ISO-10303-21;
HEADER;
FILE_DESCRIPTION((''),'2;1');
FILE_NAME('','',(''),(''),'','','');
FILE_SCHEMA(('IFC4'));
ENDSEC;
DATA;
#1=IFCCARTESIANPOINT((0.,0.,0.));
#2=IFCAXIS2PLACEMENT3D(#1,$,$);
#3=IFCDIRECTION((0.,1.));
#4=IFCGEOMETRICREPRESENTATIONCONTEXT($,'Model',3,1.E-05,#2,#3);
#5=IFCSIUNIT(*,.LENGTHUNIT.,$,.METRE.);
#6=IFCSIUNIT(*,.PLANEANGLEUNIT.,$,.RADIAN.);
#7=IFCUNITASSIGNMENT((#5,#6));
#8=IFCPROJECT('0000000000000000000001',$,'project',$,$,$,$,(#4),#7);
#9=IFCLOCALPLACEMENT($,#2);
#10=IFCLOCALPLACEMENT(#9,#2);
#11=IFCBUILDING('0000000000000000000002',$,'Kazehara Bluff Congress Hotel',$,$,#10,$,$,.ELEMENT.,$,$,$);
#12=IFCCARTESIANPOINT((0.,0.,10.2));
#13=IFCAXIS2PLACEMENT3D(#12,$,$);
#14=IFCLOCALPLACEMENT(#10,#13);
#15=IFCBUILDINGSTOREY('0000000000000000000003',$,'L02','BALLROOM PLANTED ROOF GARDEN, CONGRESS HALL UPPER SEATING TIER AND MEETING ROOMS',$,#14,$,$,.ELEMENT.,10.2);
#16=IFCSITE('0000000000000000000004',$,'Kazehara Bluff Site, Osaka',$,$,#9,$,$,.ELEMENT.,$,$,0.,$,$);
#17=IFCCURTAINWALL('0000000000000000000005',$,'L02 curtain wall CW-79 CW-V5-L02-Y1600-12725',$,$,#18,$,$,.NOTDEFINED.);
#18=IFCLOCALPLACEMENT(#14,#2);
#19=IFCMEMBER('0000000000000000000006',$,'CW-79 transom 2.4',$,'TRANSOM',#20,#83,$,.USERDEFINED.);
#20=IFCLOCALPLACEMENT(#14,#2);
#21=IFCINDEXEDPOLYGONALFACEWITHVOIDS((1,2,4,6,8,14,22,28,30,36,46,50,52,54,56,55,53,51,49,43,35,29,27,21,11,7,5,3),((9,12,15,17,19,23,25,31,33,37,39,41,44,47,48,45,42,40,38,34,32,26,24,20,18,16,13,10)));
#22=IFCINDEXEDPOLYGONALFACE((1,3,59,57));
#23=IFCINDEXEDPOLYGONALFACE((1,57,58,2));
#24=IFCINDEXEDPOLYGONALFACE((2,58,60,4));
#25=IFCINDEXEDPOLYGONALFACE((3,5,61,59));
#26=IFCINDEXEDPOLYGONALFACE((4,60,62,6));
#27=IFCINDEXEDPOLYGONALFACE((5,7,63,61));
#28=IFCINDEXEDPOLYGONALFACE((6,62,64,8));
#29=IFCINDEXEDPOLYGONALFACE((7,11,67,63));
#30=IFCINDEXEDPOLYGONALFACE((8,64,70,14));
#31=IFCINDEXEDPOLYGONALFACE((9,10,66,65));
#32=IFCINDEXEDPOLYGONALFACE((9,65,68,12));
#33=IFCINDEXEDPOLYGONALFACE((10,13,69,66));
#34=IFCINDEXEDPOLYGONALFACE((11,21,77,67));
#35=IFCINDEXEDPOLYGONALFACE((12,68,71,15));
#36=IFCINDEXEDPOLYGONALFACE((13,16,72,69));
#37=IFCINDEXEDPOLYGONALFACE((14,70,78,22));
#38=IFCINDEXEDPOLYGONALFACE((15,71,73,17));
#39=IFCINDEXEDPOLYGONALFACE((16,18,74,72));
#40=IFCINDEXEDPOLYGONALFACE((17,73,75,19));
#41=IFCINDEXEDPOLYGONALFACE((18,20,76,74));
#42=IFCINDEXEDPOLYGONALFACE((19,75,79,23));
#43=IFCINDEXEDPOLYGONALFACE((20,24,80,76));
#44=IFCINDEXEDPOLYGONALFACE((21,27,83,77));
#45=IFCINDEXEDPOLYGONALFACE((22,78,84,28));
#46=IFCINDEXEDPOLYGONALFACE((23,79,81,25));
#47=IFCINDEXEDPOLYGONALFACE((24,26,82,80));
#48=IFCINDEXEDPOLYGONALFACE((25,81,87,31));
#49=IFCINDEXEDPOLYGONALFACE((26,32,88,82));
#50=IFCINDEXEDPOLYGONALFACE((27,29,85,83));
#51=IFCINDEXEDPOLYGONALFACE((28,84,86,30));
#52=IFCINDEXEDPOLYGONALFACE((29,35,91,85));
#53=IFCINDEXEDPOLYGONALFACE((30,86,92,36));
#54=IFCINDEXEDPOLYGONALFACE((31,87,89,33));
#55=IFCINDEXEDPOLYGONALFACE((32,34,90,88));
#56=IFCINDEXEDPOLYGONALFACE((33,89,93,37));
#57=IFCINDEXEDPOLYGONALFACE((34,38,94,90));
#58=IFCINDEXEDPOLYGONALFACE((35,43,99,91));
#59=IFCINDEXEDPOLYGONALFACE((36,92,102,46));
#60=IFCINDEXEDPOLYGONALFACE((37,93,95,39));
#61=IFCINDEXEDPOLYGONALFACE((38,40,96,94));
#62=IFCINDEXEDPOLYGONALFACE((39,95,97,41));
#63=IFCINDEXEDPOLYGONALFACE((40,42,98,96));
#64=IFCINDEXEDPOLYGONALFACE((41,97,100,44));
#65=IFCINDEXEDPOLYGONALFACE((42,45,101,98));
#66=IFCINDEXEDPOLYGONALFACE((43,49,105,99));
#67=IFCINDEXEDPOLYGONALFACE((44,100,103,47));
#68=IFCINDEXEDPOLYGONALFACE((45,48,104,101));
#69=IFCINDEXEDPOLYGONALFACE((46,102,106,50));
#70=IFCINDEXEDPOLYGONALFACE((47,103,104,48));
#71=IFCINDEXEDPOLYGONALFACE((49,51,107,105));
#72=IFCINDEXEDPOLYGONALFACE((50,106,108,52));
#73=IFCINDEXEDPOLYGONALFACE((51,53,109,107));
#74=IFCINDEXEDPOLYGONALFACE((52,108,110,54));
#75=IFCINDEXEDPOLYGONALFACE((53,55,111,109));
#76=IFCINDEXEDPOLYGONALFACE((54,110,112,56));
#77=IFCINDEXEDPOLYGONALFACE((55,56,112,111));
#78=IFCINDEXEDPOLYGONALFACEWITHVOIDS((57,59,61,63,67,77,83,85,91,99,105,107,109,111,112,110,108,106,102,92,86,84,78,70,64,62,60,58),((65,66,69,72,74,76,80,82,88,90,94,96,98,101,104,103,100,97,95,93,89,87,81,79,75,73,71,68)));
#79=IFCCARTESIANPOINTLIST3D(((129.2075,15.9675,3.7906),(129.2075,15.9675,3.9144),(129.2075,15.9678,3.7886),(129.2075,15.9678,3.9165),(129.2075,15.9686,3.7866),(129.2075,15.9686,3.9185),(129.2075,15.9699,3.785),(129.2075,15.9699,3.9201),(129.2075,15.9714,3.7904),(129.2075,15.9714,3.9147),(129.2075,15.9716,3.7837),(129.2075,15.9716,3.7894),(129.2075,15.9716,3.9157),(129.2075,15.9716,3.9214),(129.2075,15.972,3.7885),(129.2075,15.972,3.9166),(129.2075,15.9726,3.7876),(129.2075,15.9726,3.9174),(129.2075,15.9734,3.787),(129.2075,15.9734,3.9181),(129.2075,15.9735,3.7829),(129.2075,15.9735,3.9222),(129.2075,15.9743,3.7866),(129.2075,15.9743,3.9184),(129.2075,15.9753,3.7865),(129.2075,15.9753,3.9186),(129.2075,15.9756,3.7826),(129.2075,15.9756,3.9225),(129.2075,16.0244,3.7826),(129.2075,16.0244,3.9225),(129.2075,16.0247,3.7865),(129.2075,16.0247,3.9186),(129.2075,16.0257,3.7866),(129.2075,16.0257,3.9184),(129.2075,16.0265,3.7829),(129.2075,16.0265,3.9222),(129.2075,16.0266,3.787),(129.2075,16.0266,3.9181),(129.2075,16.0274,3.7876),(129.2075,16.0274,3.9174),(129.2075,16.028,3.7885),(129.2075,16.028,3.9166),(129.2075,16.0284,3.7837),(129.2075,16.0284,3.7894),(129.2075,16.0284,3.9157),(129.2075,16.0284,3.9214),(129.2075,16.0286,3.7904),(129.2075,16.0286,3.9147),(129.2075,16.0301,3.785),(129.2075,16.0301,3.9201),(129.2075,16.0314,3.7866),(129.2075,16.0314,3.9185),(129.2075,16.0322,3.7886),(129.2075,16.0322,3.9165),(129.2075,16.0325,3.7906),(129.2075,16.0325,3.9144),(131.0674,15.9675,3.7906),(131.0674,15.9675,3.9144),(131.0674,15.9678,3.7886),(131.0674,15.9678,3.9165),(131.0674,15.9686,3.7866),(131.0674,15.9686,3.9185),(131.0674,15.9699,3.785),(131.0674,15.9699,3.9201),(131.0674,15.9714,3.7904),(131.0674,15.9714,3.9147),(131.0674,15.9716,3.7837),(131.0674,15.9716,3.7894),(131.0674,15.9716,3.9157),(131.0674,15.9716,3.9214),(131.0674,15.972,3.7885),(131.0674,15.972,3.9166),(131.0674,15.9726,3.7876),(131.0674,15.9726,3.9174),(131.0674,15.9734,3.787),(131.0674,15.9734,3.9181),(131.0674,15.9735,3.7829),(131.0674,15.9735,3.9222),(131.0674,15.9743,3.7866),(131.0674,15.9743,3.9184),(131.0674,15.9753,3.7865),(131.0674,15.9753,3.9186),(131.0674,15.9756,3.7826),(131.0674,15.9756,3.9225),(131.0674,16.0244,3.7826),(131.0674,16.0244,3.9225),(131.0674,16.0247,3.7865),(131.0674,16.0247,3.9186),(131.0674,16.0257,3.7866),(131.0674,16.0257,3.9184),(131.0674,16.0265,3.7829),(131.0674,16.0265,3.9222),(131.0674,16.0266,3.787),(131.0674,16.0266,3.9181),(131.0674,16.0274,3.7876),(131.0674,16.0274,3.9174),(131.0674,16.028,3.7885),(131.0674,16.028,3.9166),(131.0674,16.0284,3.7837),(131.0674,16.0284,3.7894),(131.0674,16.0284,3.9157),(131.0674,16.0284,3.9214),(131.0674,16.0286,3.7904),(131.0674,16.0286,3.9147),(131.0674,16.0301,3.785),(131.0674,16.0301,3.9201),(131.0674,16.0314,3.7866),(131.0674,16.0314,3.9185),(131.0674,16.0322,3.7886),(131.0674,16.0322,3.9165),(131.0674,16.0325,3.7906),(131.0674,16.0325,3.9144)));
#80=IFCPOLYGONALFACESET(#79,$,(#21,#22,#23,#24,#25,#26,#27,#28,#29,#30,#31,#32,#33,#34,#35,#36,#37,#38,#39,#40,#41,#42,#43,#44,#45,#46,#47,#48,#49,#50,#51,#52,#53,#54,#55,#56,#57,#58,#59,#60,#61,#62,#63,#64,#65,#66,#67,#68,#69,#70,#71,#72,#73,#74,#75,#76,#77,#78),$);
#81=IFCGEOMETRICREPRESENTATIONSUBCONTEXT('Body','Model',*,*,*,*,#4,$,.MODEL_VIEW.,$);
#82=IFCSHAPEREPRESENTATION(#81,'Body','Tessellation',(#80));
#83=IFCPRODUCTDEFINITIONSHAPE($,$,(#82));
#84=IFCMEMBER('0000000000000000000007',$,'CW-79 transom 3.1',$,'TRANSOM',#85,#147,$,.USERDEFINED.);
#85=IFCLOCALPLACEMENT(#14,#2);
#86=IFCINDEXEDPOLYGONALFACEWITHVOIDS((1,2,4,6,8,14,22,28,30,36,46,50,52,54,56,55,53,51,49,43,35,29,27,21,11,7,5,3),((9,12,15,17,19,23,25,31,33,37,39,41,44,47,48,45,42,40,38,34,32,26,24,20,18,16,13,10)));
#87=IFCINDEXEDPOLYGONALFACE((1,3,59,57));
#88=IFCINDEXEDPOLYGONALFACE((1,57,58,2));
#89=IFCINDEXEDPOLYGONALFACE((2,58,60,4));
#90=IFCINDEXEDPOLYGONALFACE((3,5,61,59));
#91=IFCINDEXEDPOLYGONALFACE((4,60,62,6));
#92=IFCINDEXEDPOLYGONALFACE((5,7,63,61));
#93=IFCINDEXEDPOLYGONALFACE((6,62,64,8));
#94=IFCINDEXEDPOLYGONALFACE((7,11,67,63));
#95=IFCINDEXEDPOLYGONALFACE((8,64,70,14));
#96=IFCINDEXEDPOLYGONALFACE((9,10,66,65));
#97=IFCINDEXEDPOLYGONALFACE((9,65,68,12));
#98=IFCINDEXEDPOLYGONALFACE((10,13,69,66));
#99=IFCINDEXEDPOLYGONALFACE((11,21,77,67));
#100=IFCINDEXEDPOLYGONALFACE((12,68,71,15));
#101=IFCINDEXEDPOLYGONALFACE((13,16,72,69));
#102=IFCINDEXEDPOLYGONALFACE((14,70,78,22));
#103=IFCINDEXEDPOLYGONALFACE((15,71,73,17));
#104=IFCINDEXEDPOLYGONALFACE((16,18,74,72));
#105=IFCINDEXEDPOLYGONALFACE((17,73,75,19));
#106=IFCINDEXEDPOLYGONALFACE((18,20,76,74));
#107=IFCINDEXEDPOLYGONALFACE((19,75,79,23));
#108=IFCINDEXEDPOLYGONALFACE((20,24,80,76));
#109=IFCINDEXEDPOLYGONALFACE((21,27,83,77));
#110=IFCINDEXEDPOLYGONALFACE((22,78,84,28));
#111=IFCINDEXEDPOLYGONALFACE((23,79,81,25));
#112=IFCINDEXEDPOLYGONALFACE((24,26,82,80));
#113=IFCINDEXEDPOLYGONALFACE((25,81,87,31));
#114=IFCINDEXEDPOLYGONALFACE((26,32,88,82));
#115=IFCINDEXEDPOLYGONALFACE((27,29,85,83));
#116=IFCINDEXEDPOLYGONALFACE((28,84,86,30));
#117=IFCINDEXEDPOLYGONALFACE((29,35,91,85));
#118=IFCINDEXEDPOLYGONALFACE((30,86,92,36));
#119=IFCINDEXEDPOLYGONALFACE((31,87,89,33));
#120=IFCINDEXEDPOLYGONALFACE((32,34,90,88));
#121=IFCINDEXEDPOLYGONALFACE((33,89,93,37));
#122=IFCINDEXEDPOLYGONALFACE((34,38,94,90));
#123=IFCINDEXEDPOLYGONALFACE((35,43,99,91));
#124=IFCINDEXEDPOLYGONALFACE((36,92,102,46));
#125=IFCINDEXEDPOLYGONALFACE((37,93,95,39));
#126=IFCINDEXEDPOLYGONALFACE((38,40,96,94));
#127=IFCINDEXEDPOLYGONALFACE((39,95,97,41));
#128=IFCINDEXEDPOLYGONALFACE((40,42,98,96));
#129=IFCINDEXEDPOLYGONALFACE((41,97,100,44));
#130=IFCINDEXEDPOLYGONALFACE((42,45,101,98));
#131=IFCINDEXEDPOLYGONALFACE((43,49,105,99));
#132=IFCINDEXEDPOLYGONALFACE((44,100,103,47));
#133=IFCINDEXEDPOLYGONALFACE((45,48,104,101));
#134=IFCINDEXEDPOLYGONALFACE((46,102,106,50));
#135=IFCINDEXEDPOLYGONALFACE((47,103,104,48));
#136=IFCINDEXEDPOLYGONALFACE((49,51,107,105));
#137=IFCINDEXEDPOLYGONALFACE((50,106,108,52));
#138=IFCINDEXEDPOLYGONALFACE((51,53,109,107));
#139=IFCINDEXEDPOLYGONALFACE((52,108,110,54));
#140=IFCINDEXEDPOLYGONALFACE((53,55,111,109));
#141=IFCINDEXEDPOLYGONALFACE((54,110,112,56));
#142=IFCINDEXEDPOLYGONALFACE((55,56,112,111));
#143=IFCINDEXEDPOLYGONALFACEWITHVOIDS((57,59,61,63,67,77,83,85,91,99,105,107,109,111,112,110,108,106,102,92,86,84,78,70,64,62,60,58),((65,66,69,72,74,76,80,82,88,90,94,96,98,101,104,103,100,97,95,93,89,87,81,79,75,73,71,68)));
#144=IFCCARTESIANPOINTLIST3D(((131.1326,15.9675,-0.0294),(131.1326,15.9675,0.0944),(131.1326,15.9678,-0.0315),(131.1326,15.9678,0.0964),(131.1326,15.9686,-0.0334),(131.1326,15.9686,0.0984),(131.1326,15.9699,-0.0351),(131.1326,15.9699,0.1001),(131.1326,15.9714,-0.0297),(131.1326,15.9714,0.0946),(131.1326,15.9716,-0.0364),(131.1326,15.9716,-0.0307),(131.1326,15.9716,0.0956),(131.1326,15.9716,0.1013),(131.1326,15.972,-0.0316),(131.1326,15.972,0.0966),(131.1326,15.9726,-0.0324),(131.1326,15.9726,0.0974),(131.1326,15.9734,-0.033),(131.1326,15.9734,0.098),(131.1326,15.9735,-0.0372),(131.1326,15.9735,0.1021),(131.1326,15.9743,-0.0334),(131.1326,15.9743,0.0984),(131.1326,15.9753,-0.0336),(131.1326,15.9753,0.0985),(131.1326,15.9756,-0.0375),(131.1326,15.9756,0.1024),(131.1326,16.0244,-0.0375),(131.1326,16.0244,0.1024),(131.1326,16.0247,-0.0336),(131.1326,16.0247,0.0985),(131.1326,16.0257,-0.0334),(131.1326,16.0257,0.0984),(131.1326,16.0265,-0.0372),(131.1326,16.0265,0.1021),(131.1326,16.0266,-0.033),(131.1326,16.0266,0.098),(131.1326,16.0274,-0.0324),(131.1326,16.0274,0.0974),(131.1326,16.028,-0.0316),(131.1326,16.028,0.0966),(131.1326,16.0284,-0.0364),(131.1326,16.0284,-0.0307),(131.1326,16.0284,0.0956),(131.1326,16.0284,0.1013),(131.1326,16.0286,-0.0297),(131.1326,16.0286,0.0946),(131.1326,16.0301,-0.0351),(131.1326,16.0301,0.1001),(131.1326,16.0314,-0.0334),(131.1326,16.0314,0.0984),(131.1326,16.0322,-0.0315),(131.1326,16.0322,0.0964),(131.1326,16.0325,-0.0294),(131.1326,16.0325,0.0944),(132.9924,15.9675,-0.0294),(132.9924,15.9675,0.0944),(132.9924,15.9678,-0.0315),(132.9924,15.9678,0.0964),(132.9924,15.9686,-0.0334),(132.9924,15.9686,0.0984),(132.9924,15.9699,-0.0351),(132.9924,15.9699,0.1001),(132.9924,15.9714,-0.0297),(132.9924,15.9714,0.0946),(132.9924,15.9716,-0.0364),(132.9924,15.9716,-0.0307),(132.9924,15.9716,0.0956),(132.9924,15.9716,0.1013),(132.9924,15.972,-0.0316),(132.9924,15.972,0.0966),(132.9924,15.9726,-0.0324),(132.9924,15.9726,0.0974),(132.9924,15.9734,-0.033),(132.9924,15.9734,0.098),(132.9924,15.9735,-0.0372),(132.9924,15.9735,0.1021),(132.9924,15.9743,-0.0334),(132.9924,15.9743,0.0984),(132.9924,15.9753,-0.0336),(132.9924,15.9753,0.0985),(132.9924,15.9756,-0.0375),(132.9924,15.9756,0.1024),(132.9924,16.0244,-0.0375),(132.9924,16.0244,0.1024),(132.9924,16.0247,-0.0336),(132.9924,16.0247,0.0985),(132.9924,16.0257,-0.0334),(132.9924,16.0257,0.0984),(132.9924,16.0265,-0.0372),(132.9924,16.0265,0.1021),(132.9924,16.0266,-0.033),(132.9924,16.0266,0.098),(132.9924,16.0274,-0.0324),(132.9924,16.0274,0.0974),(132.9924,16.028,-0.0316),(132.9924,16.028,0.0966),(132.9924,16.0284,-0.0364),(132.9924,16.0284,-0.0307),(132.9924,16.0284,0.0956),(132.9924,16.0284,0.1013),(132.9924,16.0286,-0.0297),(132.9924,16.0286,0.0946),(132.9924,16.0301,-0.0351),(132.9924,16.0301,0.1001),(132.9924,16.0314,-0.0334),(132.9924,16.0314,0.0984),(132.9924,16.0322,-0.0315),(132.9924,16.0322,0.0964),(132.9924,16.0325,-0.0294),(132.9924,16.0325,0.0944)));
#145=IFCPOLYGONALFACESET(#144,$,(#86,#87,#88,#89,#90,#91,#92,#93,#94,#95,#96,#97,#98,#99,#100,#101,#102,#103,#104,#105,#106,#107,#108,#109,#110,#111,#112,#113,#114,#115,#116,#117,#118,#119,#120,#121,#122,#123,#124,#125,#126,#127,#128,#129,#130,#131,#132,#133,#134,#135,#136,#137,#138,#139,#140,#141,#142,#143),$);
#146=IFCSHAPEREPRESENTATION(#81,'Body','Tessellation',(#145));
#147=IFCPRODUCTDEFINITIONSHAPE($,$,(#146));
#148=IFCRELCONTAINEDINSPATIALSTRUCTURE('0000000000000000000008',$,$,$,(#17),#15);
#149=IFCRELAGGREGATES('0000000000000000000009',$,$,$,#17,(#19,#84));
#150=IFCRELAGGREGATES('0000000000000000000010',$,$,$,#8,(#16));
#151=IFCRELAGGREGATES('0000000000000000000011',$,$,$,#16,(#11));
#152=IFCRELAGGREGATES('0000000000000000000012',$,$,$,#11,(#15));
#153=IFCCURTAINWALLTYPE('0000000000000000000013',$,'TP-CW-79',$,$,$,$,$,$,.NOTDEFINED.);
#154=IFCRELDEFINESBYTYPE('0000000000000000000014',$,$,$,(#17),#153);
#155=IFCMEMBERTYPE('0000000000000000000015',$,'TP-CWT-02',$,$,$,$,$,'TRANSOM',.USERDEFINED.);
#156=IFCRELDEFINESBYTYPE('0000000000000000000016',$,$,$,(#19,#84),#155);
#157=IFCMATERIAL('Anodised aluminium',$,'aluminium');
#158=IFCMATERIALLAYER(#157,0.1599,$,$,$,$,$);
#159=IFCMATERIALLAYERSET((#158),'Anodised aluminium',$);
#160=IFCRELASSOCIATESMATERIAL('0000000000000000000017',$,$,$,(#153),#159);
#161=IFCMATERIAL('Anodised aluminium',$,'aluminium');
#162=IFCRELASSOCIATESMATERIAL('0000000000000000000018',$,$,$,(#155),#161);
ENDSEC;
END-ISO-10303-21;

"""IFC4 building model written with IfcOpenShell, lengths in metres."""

from ifc_helpers import new_model, si_unit, direction, frame, origin, origin_2d, place, context, subcontext, project, spatial, hollow_rectangle, extrude, material, layer, layer_set, material_profile, profile_set, type_object, element, aggregate, save


model = new_model("IFC4")

# Units and contexts
model_context = context("Model", 3, precision=1e-05, world=origin(), true_north=direction((0.0, 1.0)))
body_context = subcontext(model_context, "Body", "Model", "MODEL_VIEW")
ifc_project = project(units=[si_unit("LENGTHUNIT", "METRE"), si_unit("PLANEANGLEUNIT", "RADIAN")], contexts=[model_context])

# Site, building, storey
site_placement = place(None, origin())
site = spatial("IfcSite", under=ifc_project, at=site_placement, Name="Kazehara Bluff Site, Osaka", CompositionType="ELEMENT", RefElevation=0.0)
building_placement = place(site_placement, origin())
building = spatial("IfcBuilding", under=site, at=building_placement, Name="Kazehara Bluff Congress Hotel", CompositionType="ELEMENT")
storey_placement = place(building_placement, frame((0.0, 0.0, 10.2)))
storey = spatial("IfcBuildingStorey", under=building, at=storey_placement, Name="L02", Description="BALLROOM PLANTED ROOF GARDEN, CONGRESS HALL UPPER SEATING TIER AND MEETING ROOMS", CompositionType="ELEMENT", Elevation=10.2)

# Curtain wall
ifc_material_1 = material(Name="Anodised aluminium", Category="aluminium")
ifc_layer_1 = layer(ifc_material_1, 0.1599)
ifc_layer_set_1 = layer_set([ifc_layer_1], Name="Anodised aluminium")
curtain_wall_type_1 = type_object("IfcCurtainWallType", Name="TP-CW-79", PredefinedType="NOTDEFINED", material=ifc_layer_set_1)
curtain_wall_1_placement = place(storey_placement, origin())
curtain_wall_1 = element("IfcCurtainWall", 1, at=curtain_wall_1_placement, inside=storey, type_object=curtain_wall_type_1, Name="L02 curtain wall CW-79 CW-V5-L02-Y1600-12725", PredefinedType="NOTDEFINED")

# Members
ifc_material_2 = material(Name="Anodised aluminium", Category="aluminium")
ifc_material_profile_1 = material_profile(ifc_material_2, hollow_rectangle(XDim=0.0649, YDim=0.1399, WallThickness=0.0039, InnerFilletRadius=0.0039, OuterFilletRadius=0.0081, at=origin_2d()))
ifc_profile_set_1 = profile_set([ifc_material_profile_1], Name="Anodised aluminium")
member_type_1 = type_object("IfcMemberType", Name="TP-CWT-02", ElementType="TRANSOM", PredefinedType="USERDEFINED", material=ifc_profile_set_1)
member_1_placement = place(storey_placement, frame((129.2075, 16.0, 3.8525), z_axis=(1.0, 0.0, 0.0), x_axis=(0.0, 1.0, 0.0)))
member_1 = element("IfcMember", 2, at=member_1_placement, type_object=member_type_1, Name="CW-79 transom 2.4", ObjectType="TRANSOM", PredefinedType="USERDEFINED", context=body_context, shape_type="SweptSolid", body=[
    extrude(hollow_rectangle(XDim=0.0649, YDim=0.1399, WallThickness=0.0039, InnerFilletRadius=0.0039, OuterFilletRadius=0.0081, at=origin_2d()), origin(), (0.0, 0.0, 1.0), 1.8599),
])
member_2_placement = place(storey_placement, frame((131.1326, 16.0, 0.0325), z_axis=(1.0, 0.0, 0.0), x_axis=(0.0, 1.0, 0.0)))
member_2 = element("IfcMember", 3, at=member_2_placement, type_object=member_type_1, Name="CW-79 transom 3.1", ObjectType="TRANSOM", PredefinedType="USERDEFINED", context=body_context, shape_type="SweptSolid", body=[
    extrude(hollow_rectangle(XDim=0.0649, YDim=0.1399, WallThickness=0.0039, InnerFilletRadius=0.0039, OuterFilletRadius=0.0081, at=origin_2d()), origin(), (0.0, 0.0, 1.0), 1.8599),
])

aggregate(curtain_wall_1, [member_1, member_2])

save(model, "model.ifc")
